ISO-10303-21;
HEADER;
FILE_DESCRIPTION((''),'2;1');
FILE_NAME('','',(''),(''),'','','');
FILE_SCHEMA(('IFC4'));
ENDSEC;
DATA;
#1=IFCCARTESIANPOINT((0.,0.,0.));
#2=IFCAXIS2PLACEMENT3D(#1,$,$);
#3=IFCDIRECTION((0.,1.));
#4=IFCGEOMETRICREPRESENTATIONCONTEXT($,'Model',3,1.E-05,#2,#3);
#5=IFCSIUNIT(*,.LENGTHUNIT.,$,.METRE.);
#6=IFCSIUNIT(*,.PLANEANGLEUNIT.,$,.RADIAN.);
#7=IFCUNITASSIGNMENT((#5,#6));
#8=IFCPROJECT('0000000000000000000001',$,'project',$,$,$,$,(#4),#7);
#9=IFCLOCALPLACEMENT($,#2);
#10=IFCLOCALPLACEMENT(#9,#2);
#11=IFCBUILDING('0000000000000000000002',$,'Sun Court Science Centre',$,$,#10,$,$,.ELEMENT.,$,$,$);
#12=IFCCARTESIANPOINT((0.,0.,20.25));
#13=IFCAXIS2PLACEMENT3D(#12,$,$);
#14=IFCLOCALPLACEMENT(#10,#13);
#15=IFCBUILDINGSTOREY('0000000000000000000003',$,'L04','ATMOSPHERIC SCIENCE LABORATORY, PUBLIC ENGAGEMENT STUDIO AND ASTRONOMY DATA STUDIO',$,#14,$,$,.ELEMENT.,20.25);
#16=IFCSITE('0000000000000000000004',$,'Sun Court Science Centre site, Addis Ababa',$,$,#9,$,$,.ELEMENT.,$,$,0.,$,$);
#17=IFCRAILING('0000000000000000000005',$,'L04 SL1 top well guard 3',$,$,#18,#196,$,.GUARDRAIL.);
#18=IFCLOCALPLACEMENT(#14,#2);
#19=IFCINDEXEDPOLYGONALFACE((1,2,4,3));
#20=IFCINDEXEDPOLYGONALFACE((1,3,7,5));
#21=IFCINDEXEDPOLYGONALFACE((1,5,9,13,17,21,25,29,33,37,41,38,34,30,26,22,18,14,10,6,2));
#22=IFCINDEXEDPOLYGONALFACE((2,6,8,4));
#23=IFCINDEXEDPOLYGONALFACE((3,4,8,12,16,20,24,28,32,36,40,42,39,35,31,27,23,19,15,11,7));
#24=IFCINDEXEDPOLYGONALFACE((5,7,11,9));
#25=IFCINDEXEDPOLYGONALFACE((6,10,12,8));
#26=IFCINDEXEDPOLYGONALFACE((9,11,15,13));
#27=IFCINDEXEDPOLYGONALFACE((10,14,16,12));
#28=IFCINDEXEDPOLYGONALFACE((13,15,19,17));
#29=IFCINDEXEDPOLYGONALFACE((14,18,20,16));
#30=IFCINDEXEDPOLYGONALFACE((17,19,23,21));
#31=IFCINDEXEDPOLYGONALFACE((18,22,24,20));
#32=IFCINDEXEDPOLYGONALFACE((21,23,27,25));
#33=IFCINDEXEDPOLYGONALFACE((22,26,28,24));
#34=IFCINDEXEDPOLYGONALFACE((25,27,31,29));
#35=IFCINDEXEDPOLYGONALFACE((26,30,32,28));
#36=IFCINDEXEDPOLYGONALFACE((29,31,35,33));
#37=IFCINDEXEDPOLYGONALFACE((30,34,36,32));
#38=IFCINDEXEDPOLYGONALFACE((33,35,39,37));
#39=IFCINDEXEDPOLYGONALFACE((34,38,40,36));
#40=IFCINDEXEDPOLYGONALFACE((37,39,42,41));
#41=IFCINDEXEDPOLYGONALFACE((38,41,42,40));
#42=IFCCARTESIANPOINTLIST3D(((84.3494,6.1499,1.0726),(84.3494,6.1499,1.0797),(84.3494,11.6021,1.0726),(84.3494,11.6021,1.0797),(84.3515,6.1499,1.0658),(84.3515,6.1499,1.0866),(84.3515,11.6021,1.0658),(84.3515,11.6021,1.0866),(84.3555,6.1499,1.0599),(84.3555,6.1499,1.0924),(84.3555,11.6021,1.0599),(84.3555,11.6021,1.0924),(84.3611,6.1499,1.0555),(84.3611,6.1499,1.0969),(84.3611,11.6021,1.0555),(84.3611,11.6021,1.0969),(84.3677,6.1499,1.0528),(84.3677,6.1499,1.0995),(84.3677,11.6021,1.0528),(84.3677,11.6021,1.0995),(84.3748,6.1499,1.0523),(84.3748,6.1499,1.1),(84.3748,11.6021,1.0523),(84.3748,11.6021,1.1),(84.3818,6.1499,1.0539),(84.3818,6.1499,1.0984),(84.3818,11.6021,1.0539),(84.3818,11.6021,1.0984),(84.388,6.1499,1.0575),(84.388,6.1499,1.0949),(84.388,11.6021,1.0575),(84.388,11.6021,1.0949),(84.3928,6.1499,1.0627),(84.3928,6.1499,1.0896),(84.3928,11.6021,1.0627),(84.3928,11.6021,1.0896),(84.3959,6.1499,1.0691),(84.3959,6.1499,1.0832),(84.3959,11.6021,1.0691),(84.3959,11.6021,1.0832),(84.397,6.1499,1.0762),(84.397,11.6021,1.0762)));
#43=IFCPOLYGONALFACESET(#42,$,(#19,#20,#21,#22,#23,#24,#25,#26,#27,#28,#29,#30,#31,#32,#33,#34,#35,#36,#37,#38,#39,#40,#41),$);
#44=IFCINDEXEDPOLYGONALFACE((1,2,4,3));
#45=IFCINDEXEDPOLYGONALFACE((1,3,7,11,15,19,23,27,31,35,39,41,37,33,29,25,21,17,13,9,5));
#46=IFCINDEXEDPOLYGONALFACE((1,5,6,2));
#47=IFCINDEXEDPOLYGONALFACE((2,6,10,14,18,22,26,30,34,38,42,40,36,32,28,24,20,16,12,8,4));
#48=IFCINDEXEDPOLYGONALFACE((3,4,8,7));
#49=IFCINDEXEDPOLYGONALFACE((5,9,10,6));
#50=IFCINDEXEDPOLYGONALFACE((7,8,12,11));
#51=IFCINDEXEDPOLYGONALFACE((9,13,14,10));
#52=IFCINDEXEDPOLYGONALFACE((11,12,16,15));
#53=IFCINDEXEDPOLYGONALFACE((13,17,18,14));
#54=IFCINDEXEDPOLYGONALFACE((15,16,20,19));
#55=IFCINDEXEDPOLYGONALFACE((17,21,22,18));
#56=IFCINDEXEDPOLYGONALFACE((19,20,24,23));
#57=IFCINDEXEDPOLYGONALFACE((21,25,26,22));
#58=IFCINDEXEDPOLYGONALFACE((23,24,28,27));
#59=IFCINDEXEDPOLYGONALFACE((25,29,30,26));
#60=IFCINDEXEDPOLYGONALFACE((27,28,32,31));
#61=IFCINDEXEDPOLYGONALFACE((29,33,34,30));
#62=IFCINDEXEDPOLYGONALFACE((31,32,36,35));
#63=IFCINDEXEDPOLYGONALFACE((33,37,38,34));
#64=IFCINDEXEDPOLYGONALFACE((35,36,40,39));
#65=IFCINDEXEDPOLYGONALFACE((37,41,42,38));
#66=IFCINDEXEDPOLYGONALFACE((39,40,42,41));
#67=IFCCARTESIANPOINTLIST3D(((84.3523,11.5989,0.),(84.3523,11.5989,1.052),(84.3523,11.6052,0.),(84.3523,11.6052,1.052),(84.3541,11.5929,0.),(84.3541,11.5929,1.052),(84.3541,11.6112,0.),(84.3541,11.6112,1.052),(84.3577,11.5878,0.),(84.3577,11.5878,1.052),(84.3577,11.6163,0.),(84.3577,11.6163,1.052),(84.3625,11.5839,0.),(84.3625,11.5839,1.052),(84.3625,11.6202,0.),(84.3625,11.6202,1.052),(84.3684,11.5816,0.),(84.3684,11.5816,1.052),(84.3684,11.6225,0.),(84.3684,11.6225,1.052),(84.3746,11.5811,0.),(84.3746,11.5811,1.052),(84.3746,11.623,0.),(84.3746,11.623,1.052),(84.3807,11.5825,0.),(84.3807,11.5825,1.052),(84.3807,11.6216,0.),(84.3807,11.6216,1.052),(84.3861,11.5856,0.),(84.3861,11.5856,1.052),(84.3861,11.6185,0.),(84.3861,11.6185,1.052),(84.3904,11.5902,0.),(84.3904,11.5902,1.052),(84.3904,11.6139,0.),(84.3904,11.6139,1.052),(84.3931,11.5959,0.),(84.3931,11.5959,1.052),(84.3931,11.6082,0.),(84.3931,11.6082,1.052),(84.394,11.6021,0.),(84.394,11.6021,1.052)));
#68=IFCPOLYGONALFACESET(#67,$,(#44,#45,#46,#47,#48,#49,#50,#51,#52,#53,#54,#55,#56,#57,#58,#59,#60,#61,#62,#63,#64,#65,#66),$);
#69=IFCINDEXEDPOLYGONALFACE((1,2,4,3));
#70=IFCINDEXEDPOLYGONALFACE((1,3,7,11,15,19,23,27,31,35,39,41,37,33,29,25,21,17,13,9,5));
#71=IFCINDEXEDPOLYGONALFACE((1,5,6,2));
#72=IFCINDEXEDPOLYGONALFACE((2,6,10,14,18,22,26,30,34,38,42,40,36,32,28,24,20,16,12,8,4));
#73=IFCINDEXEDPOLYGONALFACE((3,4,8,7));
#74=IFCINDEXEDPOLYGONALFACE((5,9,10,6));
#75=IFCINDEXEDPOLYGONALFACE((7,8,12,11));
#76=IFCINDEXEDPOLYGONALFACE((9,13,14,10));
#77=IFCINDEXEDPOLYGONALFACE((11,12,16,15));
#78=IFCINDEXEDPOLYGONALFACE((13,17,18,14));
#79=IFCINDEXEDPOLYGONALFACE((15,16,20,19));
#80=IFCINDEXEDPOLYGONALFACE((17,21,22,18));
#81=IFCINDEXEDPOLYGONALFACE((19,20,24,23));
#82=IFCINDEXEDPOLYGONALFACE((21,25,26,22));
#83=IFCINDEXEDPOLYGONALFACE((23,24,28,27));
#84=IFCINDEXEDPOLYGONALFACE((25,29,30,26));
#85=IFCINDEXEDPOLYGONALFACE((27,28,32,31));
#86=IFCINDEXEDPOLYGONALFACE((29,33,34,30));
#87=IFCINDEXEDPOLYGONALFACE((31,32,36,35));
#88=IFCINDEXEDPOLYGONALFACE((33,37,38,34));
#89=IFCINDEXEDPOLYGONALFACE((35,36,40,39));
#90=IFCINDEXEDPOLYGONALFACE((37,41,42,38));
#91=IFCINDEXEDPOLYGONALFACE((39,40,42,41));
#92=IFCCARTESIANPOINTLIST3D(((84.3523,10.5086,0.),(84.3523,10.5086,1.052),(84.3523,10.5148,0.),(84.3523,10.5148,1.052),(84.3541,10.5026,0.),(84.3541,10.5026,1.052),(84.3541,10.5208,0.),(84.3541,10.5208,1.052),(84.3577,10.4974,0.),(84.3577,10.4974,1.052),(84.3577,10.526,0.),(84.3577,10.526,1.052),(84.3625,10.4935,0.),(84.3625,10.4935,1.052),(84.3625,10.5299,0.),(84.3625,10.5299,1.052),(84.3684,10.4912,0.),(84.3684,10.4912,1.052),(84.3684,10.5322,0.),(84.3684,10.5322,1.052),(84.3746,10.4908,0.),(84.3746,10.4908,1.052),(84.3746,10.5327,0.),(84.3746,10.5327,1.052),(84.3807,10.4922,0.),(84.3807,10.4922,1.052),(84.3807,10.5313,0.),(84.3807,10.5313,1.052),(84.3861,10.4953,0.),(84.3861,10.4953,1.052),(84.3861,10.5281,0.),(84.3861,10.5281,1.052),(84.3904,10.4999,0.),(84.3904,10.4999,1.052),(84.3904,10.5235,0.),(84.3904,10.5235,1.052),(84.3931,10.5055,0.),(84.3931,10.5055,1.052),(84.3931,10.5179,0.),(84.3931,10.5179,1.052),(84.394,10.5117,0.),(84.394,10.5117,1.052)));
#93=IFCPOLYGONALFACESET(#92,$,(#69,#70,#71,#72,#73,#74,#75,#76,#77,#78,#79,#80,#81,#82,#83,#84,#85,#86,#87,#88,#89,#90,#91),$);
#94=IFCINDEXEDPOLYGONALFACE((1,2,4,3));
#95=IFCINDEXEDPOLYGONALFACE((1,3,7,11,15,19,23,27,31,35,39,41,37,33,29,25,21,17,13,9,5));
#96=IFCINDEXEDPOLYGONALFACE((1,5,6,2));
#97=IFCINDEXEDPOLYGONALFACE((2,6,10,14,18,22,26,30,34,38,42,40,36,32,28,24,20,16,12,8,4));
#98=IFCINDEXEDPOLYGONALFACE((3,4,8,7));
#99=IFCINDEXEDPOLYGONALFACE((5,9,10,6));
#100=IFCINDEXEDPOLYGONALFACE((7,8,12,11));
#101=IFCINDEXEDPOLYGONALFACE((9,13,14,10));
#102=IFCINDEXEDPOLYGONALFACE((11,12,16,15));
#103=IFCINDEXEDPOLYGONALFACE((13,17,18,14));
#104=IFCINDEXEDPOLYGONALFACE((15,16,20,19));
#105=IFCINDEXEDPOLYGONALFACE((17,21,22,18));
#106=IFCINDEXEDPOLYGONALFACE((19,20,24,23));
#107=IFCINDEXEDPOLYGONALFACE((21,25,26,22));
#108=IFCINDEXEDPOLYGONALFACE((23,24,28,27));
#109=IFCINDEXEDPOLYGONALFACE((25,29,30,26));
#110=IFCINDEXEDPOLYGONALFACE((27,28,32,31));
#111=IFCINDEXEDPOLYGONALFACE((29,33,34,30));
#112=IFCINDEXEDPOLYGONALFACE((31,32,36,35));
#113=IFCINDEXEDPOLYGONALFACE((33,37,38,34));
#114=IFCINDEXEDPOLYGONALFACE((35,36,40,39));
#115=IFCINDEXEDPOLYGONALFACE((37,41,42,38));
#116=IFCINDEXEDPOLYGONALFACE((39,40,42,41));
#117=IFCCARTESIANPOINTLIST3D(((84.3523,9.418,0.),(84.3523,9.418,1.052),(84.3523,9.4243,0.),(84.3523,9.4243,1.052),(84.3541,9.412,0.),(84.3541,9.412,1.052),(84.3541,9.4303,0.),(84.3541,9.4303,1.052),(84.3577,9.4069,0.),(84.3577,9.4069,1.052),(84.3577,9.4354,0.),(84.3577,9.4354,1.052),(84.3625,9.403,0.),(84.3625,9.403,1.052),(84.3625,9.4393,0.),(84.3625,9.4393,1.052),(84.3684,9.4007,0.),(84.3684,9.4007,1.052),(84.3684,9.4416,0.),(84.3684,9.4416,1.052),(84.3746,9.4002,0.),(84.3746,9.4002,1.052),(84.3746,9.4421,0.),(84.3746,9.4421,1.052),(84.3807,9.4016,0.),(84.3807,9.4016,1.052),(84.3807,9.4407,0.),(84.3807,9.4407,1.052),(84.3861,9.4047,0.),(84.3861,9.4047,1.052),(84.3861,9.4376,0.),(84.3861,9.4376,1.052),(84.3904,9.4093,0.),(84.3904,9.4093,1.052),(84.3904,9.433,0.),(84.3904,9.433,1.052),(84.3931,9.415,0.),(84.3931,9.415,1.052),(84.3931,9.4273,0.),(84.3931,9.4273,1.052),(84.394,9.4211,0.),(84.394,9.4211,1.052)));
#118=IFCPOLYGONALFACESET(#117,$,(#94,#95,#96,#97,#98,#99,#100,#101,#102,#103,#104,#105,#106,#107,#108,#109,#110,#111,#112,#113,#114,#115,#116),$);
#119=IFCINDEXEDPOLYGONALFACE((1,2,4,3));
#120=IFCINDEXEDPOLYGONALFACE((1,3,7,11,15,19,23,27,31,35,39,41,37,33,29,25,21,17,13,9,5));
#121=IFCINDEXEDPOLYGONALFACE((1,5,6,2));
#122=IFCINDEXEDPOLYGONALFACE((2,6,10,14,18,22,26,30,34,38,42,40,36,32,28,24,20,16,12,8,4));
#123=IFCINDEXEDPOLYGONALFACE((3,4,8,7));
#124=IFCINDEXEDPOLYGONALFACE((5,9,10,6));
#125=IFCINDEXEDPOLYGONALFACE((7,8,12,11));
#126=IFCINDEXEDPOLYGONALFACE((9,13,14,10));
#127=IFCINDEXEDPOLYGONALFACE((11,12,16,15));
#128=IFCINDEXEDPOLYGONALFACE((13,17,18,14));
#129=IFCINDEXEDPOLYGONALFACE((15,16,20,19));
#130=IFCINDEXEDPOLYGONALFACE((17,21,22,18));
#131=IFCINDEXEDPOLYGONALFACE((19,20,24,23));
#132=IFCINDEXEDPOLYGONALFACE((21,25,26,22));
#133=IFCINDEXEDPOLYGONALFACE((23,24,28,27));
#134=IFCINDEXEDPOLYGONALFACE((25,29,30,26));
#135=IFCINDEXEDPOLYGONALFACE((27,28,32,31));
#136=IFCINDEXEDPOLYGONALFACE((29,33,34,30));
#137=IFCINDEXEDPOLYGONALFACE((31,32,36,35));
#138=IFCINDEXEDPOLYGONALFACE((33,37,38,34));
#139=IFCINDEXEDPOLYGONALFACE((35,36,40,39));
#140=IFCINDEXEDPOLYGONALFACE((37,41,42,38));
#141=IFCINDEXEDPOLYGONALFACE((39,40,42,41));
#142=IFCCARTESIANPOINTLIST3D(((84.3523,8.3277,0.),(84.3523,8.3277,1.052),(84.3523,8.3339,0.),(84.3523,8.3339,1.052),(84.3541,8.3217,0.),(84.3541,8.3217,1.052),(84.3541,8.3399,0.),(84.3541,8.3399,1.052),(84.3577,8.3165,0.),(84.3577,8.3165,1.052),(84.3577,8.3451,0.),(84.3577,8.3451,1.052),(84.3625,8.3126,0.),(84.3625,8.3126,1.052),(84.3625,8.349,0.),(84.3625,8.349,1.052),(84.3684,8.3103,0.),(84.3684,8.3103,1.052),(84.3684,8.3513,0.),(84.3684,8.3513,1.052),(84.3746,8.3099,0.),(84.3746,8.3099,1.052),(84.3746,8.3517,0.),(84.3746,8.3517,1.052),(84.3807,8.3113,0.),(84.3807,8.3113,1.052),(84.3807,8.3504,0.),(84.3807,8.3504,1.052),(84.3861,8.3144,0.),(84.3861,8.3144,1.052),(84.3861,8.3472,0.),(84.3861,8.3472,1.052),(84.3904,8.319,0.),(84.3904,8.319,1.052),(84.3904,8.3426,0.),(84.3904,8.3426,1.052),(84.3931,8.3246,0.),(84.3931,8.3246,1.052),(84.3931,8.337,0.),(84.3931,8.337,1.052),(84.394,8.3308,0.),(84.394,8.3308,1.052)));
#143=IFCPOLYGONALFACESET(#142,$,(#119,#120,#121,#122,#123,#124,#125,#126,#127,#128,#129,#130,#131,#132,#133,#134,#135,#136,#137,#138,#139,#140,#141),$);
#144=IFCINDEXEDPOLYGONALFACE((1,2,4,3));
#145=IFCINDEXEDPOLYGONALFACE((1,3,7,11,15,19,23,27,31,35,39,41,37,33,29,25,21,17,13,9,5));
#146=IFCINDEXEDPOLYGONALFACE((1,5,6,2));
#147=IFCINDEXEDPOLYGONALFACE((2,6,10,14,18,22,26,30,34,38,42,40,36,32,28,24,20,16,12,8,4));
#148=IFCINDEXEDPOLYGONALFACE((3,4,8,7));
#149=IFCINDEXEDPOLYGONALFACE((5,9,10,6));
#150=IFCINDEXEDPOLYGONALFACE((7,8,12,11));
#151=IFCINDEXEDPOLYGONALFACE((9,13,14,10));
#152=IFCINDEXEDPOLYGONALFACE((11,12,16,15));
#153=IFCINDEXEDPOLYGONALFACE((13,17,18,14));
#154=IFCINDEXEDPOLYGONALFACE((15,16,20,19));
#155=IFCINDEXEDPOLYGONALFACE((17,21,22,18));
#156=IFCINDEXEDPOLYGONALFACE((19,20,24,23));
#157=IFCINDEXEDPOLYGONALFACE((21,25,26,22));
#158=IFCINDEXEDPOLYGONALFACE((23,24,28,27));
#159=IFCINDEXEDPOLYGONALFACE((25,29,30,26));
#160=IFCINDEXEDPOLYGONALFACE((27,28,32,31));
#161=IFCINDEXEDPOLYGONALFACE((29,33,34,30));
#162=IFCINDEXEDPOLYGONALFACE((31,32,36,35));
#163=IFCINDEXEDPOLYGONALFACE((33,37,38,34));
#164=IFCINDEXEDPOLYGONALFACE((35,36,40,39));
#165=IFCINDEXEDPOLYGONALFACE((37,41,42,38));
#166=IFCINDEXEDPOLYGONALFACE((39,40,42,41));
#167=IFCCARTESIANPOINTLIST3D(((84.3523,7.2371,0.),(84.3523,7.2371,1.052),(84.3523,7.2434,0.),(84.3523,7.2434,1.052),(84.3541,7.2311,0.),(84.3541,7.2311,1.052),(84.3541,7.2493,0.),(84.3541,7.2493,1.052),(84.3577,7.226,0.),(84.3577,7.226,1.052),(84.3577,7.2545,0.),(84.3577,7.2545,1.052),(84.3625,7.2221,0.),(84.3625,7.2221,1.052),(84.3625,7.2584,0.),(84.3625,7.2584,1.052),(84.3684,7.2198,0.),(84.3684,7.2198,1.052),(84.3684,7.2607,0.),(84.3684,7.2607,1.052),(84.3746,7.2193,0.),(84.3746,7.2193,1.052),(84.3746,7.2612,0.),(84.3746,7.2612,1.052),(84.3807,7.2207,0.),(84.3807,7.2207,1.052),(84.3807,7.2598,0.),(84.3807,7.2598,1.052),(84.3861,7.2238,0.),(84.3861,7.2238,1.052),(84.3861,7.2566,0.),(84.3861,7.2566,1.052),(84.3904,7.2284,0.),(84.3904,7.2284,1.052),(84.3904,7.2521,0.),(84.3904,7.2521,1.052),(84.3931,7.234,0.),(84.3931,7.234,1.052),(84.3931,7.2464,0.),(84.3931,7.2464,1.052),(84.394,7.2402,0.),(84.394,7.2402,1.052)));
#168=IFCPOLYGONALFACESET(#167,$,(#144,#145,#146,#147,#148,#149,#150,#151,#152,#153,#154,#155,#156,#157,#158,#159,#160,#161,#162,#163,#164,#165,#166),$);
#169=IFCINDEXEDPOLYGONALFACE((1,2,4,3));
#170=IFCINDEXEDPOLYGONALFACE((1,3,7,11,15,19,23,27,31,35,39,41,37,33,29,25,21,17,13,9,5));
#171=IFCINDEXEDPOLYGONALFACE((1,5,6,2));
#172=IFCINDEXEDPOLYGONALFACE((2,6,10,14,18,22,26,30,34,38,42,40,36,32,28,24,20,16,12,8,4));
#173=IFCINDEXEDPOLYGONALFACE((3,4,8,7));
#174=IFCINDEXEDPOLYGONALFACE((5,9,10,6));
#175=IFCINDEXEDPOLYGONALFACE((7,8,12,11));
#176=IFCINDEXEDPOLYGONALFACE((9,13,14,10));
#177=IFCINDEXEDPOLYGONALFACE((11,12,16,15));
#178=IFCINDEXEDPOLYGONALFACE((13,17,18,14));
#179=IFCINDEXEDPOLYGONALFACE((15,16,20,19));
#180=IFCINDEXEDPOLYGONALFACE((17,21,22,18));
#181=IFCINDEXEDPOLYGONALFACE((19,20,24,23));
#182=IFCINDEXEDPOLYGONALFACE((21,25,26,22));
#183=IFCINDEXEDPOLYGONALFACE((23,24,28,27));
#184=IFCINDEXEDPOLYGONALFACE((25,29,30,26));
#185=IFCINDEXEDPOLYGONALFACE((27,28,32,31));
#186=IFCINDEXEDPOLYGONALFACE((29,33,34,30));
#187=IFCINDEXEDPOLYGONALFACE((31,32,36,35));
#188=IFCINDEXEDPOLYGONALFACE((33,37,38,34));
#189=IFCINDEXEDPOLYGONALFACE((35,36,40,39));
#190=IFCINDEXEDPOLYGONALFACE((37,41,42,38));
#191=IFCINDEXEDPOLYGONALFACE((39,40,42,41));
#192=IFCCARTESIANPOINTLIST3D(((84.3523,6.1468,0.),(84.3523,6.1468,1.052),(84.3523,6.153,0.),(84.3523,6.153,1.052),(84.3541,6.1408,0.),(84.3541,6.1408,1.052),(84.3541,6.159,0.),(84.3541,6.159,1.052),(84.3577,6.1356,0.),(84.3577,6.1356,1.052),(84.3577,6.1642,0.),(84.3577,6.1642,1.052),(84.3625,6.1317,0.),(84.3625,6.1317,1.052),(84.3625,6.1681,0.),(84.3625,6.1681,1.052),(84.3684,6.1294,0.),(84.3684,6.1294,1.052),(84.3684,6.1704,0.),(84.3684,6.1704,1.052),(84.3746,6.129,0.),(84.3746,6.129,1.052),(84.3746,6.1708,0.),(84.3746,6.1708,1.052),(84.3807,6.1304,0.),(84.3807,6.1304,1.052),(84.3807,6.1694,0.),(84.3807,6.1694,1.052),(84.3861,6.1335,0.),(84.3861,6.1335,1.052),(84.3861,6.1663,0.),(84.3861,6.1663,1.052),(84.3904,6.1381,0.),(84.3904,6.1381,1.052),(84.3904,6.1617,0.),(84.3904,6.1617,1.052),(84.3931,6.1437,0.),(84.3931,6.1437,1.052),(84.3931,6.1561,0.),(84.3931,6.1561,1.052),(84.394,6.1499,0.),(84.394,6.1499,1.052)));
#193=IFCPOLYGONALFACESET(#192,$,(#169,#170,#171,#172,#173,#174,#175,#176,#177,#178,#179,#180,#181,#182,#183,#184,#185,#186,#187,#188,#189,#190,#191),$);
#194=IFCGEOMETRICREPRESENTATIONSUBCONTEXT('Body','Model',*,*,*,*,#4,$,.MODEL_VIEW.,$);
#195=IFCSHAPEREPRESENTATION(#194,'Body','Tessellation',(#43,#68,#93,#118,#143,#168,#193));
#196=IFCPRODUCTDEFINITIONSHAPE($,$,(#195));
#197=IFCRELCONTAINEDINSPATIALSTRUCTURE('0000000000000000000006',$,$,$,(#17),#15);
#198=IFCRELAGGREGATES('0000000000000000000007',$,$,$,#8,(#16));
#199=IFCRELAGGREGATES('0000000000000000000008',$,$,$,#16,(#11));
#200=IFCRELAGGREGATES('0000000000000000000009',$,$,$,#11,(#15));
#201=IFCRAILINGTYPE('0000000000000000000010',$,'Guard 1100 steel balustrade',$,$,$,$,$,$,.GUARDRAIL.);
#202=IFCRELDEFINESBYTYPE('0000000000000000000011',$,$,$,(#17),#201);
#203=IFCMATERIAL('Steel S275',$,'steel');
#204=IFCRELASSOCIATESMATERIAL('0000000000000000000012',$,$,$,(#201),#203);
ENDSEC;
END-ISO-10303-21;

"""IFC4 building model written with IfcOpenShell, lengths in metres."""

from ifc_helpers import new_model, si_unit, direction, frame, origin, origin_2d, place, context, subcontext, project, spatial, circle, extrude, material, type_object, element, save


model = new_model("IFC4")

# Units and contexts
model_context = context("Model", 3, precision=1e-05, world=origin(), true_north=direction((0.0, 1.0)))
body_context = subcontext(model_context, "Body", "Model", "MODEL_VIEW")
ifc_project = project(units=[si_unit("LENGTHUNIT", "METRE"), si_unit("PLANEANGLEUNIT", "RADIAN")], contexts=[model_context])

# Site, building, storey
site_placement = place(None, origin())
site = spatial("IfcSite", under=ifc_project, at=site_placement, Name="Sun Court Science Centre site, Addis Ababa", CompositionType="ELEMENT", RefElevation=0.0)
building_placement = place(site_placement, origin())
building = spatial("IfcBuilding", under=site, at=building_placement, Name="Sun Court Science Centre", CompositionType="ELEMENT")
storey_placement = place(building_placement, frame((0.0, 0.0, 20.25)))
storey = spatial("IfcBuildingStorey", under=building, at=storey_placement, Name="L04", Description="ATMOSPHERIC SCIENCE LABORATORY, PUBLIC ENGAGEMENT STUDIO AND ASTRONOMY DATA STUDIO", CompositionType="ELEMENT", Elevation=20.25)

# Railing
ifc_material_1 = material(Name="Steel S275", Category="steel")
railing_type_1 = type_object("IfcRailingType", Name="Guard 1100 steel balustrade", PredefinedType="GUARDRAIL", material=ifc_material_1)
railing_1_placement = place(storey_placement, frame((84.373, 11.6021, 0.0)))
element("IfcRailing", 1, at=railing_1_placement, inside=storey, type_object=railing_type_1, Name="L04 SL1 top well guard 3", PredefinedType="GUARDRAIL", context=body_context, shape_type="SweptSolid", body=[
    extrude(circle(Radius=0.0239, at=origin_2d()), frame((0.0, 0.0, 1.0762), z_axis=(0.0, -1.0, 0.0), x_axis=(1.0, 0.0, 0.0)), (0.0, 0.0, 1.0), 5.4521),
    extrude(circle(Radius=0.021, at=origin_2d()), origin(), (0.0, 0.0, 1.0), 1.052),
    extrude(circle(Radius=0.021, at=origin_2d()), frame((0.0, -1.0903, 0.0)), (0.0, 0.0, 1.0), 1.052),
    extrude(circle(Radius=0.021, at=origin_2d()), frame((0.0, -2.1809, 0.0)), (0.0, 0.0, 1.0), 1.052),
    extrude(circle(Radius=0.021, at=origin_2d()), frame((0.0, -3.2712, 0.0)), (0.0, 0.0, 1.0), 1.052),
    extrude(circle(Radius=0.021, at=origin_2d()), frame((0.0, -4.3618, 0.0)), (0.0, 0.0, 1.0), 1.052),
    extrude(circle(Radius=0.021, at=origin_2d()), frame((0.0, -5.4521, 0.0)), (0.0, 0.0, 1.0), 1.052),
])

save(model, "model.ifc")
